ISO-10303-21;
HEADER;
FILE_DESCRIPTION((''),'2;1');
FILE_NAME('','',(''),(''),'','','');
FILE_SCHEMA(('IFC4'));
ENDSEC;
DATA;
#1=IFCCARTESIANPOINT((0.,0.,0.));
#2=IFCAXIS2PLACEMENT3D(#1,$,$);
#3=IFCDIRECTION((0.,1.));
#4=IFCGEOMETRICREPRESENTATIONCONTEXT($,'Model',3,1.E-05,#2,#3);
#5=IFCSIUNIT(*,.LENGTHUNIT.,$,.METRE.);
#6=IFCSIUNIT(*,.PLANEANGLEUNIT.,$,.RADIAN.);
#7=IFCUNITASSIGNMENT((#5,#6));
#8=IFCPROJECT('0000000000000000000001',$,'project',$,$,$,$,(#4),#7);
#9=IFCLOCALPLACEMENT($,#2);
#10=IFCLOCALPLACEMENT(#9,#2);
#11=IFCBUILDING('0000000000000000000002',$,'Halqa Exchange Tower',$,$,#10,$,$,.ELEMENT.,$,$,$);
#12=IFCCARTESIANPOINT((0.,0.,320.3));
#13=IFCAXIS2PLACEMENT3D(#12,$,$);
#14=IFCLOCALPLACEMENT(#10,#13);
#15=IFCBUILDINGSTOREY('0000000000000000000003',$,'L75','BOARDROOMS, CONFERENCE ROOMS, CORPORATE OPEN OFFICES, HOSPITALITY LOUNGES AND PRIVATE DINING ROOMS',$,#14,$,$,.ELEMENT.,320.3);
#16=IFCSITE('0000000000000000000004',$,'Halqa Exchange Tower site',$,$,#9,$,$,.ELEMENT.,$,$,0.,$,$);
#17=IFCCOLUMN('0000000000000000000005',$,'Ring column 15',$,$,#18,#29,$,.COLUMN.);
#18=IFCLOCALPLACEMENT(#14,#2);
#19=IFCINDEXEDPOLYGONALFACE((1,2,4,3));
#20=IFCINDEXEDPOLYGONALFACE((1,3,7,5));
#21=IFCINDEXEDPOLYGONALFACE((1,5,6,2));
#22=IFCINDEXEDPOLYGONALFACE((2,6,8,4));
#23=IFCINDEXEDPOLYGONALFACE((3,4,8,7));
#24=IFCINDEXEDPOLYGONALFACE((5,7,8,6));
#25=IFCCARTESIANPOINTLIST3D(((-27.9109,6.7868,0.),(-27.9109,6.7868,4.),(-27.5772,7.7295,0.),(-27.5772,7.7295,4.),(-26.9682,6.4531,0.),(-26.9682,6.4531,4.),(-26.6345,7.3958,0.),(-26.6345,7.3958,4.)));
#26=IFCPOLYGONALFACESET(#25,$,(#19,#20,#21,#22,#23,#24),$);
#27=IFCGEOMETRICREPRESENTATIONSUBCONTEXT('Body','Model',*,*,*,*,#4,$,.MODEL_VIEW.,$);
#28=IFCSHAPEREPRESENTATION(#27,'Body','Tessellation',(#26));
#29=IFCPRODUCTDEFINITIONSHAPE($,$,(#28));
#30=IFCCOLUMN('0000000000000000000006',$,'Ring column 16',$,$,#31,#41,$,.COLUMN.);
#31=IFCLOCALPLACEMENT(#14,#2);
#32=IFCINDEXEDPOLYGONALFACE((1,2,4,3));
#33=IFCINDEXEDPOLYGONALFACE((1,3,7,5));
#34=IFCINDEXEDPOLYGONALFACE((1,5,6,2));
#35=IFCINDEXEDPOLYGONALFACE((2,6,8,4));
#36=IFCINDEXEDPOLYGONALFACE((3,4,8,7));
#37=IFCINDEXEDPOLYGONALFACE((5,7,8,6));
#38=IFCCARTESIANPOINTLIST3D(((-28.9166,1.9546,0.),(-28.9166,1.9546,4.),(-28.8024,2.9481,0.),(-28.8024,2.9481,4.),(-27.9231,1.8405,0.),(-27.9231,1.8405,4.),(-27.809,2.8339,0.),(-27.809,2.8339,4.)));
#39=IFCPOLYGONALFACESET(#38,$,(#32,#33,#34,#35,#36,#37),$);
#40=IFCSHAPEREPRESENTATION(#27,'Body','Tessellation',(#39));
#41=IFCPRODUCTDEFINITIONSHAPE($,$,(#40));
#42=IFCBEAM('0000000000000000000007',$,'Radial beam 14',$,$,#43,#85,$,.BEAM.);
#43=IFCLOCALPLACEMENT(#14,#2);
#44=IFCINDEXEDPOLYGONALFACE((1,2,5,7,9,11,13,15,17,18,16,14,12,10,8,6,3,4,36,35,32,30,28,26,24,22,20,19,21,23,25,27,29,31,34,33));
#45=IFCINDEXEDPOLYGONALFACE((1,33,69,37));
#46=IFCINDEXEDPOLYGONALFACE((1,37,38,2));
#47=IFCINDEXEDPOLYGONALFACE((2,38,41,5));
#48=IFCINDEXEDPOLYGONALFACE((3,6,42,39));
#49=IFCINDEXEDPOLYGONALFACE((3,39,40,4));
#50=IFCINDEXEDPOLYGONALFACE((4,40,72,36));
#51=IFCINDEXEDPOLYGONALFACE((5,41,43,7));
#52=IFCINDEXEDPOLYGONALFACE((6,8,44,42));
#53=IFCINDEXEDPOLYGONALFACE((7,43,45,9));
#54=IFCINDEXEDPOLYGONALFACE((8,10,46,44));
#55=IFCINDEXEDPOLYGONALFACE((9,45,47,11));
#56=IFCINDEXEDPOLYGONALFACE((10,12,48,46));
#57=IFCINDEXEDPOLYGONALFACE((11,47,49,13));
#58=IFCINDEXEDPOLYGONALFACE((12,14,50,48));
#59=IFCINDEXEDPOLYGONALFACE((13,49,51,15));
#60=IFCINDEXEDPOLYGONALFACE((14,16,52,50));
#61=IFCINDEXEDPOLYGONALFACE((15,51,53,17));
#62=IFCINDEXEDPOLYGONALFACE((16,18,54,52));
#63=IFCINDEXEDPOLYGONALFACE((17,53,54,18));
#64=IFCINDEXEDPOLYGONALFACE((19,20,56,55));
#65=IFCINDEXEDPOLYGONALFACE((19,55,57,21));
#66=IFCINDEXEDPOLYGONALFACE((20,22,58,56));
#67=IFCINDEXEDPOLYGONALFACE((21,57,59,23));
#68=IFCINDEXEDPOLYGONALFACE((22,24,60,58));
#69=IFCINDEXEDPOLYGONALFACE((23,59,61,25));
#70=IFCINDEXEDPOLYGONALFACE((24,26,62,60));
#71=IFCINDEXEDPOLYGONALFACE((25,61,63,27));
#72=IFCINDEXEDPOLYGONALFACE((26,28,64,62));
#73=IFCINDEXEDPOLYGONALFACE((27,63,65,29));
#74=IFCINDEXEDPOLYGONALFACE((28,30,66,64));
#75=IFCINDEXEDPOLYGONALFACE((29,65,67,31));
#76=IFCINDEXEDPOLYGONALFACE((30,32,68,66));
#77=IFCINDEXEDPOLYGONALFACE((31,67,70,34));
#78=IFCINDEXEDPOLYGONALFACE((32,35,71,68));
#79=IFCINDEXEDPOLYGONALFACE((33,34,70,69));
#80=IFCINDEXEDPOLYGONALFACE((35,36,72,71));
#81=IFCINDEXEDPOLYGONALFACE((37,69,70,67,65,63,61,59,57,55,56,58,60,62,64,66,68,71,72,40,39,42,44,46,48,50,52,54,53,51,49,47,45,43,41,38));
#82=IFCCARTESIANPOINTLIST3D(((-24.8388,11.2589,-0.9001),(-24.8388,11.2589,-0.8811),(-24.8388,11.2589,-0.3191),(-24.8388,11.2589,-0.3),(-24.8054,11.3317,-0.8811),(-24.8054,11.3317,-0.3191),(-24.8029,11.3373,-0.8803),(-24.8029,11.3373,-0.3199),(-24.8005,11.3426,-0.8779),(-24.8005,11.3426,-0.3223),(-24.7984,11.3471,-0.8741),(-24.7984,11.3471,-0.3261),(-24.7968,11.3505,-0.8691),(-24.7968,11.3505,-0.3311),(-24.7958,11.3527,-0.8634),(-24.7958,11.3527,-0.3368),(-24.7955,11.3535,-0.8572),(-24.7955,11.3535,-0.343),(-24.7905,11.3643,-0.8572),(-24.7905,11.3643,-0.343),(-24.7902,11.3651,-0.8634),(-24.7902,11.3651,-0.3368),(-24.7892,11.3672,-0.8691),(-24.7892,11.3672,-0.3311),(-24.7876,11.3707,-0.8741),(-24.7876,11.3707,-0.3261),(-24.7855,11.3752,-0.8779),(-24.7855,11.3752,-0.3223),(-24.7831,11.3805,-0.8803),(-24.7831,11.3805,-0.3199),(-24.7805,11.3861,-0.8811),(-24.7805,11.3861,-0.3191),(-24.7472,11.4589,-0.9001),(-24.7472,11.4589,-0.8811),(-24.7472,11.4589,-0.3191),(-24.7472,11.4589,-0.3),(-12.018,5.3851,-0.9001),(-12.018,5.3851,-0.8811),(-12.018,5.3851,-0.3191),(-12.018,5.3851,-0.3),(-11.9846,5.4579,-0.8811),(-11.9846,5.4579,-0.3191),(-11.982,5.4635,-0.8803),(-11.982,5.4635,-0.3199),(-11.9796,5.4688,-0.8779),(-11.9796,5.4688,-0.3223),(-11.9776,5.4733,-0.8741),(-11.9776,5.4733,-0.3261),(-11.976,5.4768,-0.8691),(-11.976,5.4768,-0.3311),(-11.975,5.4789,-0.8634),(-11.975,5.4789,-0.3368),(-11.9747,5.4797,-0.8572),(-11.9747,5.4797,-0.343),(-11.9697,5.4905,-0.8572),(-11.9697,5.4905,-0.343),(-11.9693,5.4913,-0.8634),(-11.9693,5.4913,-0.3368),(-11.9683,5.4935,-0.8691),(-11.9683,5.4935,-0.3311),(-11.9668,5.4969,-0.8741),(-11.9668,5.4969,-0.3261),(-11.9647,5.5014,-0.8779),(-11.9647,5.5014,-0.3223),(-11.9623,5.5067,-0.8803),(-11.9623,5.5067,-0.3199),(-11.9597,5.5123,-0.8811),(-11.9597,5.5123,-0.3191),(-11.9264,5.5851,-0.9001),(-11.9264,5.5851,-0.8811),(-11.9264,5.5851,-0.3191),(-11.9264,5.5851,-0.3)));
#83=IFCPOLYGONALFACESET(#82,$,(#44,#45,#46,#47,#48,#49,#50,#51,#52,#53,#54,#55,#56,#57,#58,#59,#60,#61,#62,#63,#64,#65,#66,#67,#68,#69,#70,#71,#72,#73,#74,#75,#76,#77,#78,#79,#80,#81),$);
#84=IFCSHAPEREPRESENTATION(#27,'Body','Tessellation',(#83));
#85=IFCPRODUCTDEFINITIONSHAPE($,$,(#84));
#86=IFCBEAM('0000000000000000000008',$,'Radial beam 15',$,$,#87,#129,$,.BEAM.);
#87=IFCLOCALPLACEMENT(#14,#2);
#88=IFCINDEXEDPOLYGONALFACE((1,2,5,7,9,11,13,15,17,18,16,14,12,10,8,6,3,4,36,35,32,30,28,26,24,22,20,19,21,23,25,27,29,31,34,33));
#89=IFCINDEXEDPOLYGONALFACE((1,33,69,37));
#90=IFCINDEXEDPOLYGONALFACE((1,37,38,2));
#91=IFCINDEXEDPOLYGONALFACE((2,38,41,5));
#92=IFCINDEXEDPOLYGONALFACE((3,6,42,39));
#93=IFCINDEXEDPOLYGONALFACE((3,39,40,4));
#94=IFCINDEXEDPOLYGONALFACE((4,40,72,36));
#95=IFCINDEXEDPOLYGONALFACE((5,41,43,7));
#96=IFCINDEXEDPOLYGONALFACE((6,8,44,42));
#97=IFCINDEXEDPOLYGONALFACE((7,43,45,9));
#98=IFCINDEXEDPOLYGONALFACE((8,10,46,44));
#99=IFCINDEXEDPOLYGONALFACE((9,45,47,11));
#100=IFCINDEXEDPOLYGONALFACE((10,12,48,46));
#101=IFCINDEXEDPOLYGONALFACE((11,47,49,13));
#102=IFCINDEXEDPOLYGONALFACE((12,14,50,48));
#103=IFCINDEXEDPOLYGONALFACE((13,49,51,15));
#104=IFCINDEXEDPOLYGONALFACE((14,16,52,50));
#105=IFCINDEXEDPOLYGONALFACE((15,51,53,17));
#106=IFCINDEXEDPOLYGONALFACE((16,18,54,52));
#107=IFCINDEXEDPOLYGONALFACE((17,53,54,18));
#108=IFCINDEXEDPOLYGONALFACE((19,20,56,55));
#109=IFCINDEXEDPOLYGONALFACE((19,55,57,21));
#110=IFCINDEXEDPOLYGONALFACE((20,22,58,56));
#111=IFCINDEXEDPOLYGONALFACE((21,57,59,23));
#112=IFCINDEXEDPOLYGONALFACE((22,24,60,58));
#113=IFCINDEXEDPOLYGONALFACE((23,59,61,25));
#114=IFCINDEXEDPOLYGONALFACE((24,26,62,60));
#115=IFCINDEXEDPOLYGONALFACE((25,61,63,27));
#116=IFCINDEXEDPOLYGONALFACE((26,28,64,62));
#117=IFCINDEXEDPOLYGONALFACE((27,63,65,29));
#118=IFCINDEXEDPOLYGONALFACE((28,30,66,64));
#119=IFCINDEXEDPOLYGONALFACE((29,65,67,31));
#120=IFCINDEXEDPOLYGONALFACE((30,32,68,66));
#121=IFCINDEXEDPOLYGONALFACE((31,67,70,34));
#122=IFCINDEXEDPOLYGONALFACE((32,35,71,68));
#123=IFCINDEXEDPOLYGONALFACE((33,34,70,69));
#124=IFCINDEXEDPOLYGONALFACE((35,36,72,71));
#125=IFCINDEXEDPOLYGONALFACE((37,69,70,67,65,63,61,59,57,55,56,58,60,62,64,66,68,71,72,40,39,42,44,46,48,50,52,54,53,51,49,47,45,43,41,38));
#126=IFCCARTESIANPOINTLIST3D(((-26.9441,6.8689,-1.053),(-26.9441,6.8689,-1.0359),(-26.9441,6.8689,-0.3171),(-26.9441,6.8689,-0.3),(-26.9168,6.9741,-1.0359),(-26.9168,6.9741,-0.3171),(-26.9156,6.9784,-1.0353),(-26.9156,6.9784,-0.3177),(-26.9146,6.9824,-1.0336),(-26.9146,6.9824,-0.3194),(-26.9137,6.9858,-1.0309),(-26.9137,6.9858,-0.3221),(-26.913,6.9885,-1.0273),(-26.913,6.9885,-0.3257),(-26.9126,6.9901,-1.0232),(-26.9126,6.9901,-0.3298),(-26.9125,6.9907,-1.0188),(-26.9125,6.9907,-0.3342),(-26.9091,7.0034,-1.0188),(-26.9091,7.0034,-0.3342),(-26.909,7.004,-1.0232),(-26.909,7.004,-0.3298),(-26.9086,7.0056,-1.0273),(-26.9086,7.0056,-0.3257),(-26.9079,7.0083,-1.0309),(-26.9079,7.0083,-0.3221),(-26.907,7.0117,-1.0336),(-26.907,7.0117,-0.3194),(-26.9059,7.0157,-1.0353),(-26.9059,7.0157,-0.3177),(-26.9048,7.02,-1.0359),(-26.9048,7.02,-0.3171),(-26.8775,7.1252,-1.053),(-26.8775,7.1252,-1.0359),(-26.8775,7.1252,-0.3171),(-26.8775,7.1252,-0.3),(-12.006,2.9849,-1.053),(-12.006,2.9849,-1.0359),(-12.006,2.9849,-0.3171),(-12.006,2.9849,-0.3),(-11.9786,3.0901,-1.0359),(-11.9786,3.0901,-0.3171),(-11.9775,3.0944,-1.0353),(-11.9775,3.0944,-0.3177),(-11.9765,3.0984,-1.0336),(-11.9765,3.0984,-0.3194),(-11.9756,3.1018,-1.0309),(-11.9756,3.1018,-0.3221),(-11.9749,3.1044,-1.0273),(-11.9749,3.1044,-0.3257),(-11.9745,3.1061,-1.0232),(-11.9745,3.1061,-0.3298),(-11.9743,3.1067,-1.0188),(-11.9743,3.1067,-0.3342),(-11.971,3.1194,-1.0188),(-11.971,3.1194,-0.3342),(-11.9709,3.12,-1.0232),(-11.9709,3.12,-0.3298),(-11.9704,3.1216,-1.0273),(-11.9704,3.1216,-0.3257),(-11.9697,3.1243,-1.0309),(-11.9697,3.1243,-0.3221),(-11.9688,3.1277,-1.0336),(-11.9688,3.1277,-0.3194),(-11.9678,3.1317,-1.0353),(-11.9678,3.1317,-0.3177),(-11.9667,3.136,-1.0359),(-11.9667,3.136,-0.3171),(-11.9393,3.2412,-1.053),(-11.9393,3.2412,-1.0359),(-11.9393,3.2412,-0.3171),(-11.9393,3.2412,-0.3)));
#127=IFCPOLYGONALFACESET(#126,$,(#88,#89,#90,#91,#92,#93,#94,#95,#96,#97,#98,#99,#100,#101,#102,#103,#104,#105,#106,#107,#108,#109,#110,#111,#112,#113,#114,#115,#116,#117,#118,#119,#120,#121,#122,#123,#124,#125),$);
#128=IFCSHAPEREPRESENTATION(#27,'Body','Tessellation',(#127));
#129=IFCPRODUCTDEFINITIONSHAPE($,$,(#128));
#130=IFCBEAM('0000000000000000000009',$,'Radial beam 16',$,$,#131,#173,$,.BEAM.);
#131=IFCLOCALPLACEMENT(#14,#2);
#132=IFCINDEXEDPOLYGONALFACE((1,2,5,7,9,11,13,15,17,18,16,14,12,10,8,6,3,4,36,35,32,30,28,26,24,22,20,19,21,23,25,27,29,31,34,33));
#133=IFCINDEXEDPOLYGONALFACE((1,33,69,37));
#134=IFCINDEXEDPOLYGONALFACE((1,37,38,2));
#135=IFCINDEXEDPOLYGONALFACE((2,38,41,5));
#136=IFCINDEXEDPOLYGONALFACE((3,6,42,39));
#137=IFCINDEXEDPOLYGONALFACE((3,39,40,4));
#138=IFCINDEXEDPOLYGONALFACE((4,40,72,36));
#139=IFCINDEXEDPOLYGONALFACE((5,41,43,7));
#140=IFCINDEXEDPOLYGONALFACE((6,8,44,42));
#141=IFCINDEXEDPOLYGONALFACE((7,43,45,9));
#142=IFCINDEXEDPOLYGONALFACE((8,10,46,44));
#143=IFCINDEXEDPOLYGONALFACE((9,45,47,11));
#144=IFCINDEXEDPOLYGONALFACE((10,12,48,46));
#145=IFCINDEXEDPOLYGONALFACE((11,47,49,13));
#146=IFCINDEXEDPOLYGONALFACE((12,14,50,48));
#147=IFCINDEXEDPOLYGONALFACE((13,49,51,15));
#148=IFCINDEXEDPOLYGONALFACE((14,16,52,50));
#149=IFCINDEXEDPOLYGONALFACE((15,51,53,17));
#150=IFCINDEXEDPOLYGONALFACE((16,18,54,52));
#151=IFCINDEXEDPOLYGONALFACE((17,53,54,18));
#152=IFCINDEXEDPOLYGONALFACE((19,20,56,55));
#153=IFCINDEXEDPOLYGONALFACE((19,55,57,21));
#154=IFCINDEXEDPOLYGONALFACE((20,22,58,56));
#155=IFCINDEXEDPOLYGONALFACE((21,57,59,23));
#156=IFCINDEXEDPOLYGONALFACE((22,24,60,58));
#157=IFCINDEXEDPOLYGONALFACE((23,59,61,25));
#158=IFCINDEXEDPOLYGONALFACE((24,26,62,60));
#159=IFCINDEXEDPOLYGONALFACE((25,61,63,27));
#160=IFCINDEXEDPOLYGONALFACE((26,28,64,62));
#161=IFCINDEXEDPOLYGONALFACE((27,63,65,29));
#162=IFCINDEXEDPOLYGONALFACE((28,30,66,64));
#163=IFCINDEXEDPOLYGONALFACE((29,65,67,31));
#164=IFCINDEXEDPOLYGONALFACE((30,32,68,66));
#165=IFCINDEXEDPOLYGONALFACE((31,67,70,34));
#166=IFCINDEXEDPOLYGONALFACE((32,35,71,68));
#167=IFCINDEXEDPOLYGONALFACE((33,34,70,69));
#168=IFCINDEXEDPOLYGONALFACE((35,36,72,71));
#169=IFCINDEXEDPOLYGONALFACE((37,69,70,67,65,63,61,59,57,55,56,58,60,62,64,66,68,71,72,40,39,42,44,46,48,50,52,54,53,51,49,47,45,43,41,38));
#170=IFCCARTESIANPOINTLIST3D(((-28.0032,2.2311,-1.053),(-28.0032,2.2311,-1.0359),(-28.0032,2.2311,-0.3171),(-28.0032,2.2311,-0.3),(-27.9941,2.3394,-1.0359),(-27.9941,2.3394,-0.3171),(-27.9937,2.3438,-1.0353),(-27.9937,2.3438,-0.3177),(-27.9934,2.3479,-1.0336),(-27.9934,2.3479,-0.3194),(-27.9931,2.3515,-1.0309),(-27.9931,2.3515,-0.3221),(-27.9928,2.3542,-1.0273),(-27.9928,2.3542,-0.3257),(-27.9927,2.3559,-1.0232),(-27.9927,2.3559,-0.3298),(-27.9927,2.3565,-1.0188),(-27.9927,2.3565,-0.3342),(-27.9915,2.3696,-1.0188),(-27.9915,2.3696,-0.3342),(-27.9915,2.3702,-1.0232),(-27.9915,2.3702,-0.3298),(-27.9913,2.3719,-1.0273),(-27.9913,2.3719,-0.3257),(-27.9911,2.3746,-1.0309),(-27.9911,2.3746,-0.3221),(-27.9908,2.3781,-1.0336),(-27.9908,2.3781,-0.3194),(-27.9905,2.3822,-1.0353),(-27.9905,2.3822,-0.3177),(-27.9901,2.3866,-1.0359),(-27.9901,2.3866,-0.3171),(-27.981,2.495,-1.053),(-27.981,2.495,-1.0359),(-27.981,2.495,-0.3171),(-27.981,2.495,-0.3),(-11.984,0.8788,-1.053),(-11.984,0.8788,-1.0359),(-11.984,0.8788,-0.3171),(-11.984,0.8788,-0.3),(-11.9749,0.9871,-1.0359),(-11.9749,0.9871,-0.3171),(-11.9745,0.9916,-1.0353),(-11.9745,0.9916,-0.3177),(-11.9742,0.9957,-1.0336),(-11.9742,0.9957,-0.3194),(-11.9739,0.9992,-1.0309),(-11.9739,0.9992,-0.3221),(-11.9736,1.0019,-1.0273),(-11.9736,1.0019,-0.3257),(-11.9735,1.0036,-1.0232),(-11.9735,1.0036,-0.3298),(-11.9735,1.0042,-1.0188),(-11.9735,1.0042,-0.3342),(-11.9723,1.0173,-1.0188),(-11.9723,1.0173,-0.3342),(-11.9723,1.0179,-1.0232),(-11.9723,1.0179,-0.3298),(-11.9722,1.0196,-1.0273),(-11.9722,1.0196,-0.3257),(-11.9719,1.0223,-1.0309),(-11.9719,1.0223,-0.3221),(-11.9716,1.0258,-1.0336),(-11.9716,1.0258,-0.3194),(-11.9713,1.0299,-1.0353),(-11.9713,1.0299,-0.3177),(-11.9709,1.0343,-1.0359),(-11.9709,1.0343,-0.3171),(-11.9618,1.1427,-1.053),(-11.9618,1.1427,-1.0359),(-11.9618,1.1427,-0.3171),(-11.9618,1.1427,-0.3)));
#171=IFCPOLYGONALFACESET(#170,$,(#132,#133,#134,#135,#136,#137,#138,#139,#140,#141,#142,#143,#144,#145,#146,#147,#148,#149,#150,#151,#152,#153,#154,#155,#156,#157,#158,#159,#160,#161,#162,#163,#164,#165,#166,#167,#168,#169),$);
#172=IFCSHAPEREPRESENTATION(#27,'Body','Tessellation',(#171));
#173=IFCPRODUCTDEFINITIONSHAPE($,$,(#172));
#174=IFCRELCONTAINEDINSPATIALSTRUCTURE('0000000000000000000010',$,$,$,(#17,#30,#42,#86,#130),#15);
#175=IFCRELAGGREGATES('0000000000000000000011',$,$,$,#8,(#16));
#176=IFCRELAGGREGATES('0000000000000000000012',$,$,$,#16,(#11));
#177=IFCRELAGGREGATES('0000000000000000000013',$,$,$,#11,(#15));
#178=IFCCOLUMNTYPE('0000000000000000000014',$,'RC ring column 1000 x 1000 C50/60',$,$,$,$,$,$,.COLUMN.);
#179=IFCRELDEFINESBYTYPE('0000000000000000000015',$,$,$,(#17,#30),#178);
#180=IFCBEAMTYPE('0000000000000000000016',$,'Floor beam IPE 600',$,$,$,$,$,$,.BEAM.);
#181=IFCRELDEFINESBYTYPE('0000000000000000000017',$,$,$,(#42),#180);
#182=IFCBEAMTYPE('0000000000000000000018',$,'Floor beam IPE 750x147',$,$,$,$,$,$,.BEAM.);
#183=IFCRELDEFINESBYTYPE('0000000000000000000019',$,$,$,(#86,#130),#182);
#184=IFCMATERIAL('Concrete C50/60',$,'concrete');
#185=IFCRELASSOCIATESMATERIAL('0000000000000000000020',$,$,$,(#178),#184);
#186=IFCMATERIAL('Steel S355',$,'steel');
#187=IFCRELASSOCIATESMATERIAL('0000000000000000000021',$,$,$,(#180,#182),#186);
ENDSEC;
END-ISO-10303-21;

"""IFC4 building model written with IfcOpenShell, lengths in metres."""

from ifc_helpers import new_model, si_unit, direction, frame, origin, origin_2d, place, context, subcontext, project, spatial, rectangle, i_section, extrude, material, material_profile, profile_set, type_object, element, save


model = new_model("IFC4")

# Units and contexts
model_context = context("Model", 3, precision=1e-05, world=origin(), true_north=direction((0.0, 1.0)))
body_context = subcontext(model_context, "Body", "Model", "MODEL_VIEW")
ifc_project = project(units=[si_unit("LENGTHUNIT", "METRE"), si_unit("PLANEANGLEUNIT", "RADIAN")], contexts=[model_context])

# Site, building, storey
site_placement = place(None, origin())
site = spatial("IfcSite", under=ifc_project, at=site_placement, Name="Halqa Exchange Tower site", CompositionType="ELEMENT", RefElevation=0.0)
building_placement = place(site_placement, origin())
building = spatial("IfcBuilding", under=site, at=building_placement, Name="Halqa Exchange Tower", CompositionType="ELEMENT")
storey_placement = place(building_placement, frame((0.0, 0.0, 320.3)))
storey = spatial("IfcBuildingStorey", under=building, at=storey_placement, Name="L75", Description="BOARDROOMS, CONFERENCE ROOMS, CORPORATE OPEN OFFICES, HOSPITALITY LOUNGES AND PRIVATE DINING ROOMS", CompositionType="ELEMENT", Elevation=320.3)

# Columns
ifc_material_1 = material(Name="Concrete C50/60", Category="concrete")
ifc_material_profile_1 = material_profile(ifc_material_1, rectangle(XDim=1.0, YDim=1.0, at=origin_2d()), Name="1000 x 1000")
ifc_profile_set_1 = profile_set([ifc_material_profile_1], Name="Concrete C50/60")
column_type = type_object("IfcColumnType", Name="RC ring column 1000 x 1000 C50/60", PredefinedType="COLUMN", material=ifc_profile_set_1)
for number, where, z_axis, x_axis, name in (
    (1, (-27.2727, 7.0913, 0.0), (0.0, 0.0, 1.0), (-0.333624, -0.942706, 0.0), "Ring column 15"),
    (2, (-28.3628, 2.3943, 0.0), (0.0, 0.0, 1.0), (-0.11416, -0.993462, 0.0), "Ring column 16"),
):
    element("IfcColumn", number, at=place(storey_placement, frame(where, z_axis=z_axis, x_axis=x_axis)), inside=storey, type_object=column_type, Name=name, PredefinedType="COLUMN", context=body_context, shape_type="SweptSolid", body=[
        extrude(rectangle(XDim=1.0, YDim=1.0, at=origin_2d()), origin(), (0.0, 0.0, 1.0), 4.0),
    ])

# Beams
ifc_material_2 = material(Name="Steel S355", Category="steel")
ifc_material_profile_2 = material_profile(ifc_material_2, i_section(OverallWidth=0.22, OverallDepth=0.6001, WebThickness=0.012, FlangeThickness=0.019, FilletRadius=0.0239, at=origin_2d()), Name="IPE 600")
ifc_profile_set_2 = profile_set([ifc_material_profile_2], Name="Steel S355")
beam_type_1 = type_object("IfcBeamType", Name="Floor beam IPE 600", PredefinedType="BEAM", material=ifc_profile_set_2)
beam_1_placement = place(storey_placement, frame((-11.9722, 5.4851, -0.6001), z_axis=(-0.90913, 0.416513, 0.0), x_axis=(-0.416513, -0.90913, 0.0)))
element("IfcBeam", 3, at=beam_1_placement, inside=storey, type_object=beam_type_1, Name="Radial beam 14", PredefinedType="BEAM", context=body_context, shape_type="SweptSolid", body=[
    extrude(i_section(OverallWidth=0.22, OverallDepth=0.6001, WebThickness=0.012, FlangeThickness=0.019, FilletRadius=0.0239, at=origin_2d()), origin(), (0.0, 0.0, 1.0), 14.1023),
])
ifc_material_profile_3 = material_profile(ifc_material_2, i_section(OverallWidth=0.2649, OverallDepth=0.7529, WebThickness=0.0132, FlangeThickness=0.0171, FilletRadius=0.0171, at=origin_2d()), Name="IPE 750x147")
ifc_profile_set_3 = profile_set([ifc_material_profile_3], Name="Steel S355")
beam_type_2 = type_object("IfcBeamType", Name="Floor beam IPE 750x147", PredefinedType="BEAM", material=ifc_profile_set_3)
beam_2_placement = place(storey_placement, frame((-11.9727, 3.113, -0.6765), z_axis=(-0.967821, 0.251639, 0.0), x_axis=(-0.251639, -0.967821, 0.0)))
element("IfcBeam", 4, at=beam_2_placement, inside=storey, type_object=beam_type_2, Name="Radial beam 15", PredefinedType="BEAM", context=body_context, shape_type="SweptSolid", body=[
    extrude(i_section(OverallWidth=0.2649, OverallDepth=0.7529, WebThickness=0.0132, FlangeThickness=0.0171, FilletRadius=0.0171, at=origin_2d()), origin(), (0.0, 0.0, 1.0), 15.4348),
])
for number, where, z_axis, x_axis, name in (
    (5, (-11.9729, 1.0107, -0.6765), (-0.996456, 0.084117, 0.0), (-0.084117, -0.996456, 0.0), "Radial beam 16"),
):
    element("IfcBeam", number, at=place(storey_placement, frame(where, z_axis=z_axis, x_axis=x_axis)), inside=storey, type_object=beam_type_2, Name=name, PredefinedType="BEAM", context=body_context, shape_type="SweptSolid", body=[
        extrude(i_section(OverallWidth=0.2649, OverallDepth=0.7529, WebThickness=0.0132, FlangeThickness=0.0171, FilletRadius=0.0171, at=origin_2d()), origin(), (0.0, 0.0, 1.0), 16.0762),
    ])

save(model, "model.ifc")
